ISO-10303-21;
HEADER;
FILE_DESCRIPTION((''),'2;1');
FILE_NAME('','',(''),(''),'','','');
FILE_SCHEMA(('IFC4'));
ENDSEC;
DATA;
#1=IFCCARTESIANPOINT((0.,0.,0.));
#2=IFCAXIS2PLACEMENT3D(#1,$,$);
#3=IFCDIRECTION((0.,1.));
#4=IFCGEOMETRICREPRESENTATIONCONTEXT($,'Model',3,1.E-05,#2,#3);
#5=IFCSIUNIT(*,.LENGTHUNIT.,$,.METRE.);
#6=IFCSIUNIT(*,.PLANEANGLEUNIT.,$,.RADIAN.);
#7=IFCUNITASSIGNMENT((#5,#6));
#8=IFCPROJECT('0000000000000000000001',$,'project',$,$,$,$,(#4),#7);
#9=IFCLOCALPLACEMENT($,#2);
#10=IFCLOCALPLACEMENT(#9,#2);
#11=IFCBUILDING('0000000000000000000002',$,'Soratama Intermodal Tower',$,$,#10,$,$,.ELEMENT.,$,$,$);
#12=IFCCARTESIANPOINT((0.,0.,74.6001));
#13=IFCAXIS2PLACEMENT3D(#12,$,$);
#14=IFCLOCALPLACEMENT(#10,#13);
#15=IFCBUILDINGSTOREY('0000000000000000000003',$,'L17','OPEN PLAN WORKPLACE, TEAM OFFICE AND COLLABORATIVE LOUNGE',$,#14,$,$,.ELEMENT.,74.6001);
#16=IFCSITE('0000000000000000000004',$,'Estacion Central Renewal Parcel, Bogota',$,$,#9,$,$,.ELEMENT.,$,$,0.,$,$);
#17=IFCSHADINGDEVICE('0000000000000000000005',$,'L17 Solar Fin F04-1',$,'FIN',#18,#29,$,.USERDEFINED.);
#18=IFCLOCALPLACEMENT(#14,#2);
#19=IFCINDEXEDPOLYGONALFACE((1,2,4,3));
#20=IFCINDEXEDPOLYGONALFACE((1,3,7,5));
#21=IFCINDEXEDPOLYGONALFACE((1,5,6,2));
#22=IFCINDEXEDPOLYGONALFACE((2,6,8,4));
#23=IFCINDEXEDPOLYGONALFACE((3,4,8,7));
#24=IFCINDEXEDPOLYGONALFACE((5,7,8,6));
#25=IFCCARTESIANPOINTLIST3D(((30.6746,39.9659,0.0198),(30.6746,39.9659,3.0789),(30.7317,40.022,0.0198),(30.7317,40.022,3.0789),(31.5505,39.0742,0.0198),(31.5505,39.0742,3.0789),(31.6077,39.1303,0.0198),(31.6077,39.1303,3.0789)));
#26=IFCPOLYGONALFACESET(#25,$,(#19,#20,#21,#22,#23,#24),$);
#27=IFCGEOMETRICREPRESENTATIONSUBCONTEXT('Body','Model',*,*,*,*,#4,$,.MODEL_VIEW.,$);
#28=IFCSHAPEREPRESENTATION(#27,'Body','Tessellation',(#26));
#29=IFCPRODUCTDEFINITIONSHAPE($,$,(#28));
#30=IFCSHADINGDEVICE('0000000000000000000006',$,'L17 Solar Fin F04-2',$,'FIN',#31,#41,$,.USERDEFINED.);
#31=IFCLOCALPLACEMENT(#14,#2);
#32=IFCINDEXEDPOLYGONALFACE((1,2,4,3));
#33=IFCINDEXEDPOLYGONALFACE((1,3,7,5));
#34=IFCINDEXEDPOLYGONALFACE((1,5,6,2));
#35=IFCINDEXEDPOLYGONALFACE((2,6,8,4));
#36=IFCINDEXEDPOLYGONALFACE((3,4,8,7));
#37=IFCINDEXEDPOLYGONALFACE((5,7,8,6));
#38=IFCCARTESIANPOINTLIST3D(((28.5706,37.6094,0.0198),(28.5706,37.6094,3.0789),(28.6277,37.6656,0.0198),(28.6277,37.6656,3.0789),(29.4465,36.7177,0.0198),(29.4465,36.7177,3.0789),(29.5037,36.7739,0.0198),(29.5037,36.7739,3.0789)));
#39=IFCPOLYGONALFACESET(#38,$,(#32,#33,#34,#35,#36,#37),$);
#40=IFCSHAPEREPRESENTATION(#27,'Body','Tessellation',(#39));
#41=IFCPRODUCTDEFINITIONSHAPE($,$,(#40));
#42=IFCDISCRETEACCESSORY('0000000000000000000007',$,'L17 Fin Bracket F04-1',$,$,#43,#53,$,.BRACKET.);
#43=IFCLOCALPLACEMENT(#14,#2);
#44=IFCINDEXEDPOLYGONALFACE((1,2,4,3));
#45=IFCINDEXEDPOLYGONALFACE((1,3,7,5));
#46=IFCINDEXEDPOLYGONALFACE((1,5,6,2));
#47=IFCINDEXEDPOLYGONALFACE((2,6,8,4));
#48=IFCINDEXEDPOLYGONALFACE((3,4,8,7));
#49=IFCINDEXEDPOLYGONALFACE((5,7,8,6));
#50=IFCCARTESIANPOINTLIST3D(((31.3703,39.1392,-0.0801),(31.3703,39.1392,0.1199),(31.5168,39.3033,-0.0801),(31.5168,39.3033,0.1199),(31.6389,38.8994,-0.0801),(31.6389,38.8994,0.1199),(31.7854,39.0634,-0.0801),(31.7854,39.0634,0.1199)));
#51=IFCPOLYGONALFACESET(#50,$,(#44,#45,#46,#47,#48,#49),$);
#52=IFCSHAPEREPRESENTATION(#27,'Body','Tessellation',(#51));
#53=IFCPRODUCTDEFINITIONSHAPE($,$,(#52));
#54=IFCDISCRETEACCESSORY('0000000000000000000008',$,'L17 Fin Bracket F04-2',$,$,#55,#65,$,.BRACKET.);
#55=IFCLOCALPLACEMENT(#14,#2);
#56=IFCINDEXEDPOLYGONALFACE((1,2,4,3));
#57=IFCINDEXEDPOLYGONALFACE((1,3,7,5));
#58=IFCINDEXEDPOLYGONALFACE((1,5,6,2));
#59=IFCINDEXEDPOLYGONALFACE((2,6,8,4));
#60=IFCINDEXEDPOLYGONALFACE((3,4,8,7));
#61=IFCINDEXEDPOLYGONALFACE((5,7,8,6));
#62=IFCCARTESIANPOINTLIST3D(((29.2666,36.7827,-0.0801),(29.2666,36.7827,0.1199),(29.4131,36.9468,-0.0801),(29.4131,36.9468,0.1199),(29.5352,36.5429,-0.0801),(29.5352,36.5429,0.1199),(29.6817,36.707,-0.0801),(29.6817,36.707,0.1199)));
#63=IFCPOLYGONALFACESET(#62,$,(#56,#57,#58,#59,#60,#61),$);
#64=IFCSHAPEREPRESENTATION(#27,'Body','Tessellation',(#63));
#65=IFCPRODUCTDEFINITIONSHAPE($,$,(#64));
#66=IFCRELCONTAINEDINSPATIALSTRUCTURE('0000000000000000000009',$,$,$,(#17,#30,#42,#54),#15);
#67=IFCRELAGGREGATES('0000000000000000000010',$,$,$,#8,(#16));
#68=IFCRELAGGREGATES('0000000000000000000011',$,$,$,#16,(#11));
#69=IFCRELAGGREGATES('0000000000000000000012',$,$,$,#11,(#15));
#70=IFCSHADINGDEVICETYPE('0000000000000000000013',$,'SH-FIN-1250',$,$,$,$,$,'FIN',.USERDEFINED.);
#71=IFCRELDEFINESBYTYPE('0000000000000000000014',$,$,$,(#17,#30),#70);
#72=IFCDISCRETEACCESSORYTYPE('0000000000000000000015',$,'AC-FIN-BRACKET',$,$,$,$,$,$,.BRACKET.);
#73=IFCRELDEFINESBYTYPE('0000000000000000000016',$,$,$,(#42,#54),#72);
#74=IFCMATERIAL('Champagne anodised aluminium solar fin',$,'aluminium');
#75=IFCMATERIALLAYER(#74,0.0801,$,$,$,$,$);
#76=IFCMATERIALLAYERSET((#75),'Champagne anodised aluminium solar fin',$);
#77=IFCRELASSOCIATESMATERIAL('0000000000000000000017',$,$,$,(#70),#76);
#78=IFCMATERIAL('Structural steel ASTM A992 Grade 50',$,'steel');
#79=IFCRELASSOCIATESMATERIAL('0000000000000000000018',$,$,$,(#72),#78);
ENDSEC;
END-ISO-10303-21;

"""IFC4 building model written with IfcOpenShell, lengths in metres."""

from ifc_helpers import new_model, si_unit, direction, frame, origin, origin_2d, place, context, subcontext, project, spatial, rectangle, extrude, material, layer, layer_set, type_object, element, save


model = new_model("IFC4")

# Units and contexts
model_context = context("Model", 3, precision=1e-05, world=origin(), true_north=direction((0.0, 1.0)))
body_context = subcontext(model_context, "Body", "Model", "MODEL_VIEW")
ifc_project = project(units=[si_unit("LENGTHUNIT", "METRE"), si_unit("PLANEANGLEUNIT", "RADIAN")], contexts=[model_context])

# Site, building, storey
site_placement = place(None, origin())
site = spatial("IfcSite", under=ifc_project, at=site_placement, Name="Estacion Central Renewal Parcel, Bogota", CompositionType="ELEMENT", RefElevation=0.0)
building_placement = place(site_placement, origin())
building = spatial("IfcBuilding", under=site, at=building_placement, Name="Soratama Intermodal Tower", CompositionType="ELEMENT")
storey_placement = place(building_placement, frame((0.0, 0.0, 74.6001)))
storey = spatial("IfcBuildingStorey", under=building, at=storey_placement, Name="L17", Description="OPEN PLAN WORKPLACE, TEAM OFFICE AND COLLABORATIVE LOUNGE", CompositionType="ELEMENT", Elevation=74.6001)

# Shading devices
ifc_material_1 = material(Name="Champagne anodised aluminium solar fin", Category="aluminium")
ifc_layer_1 = layer(ifc_material_1, 0.0801)
ifc_layer_set_1 = layer_set([ifc_layer_1], Name="Champagne anodised aluminium solar fin")
shading_device_type = type_object("IfcShadingDeviceType", Name="SH-FIN-1250", ElementType="FIN", PredefinedType="USERDEFINED", material=ifc_layer_set_1)
for number, where, z_axis, x_axis, name in (
    (1, (31.1411, 39.5481, 0.0198), (0.0, 0.0, 1.0), (-0.700785, 0.713373, 0.0), "L17 Solar Fin F04-1"),
    (2, (29.0371, 37.1917, 0.0198), (0.0, 0.0, 1.0), (-0.700785, 0.713373, 0.0), "L17 Solar Fin F04-2"),
):
    element("IfcShadingDevice", number, at=place(storey_placement, frame(where, z_axis=z_axis, x_axis=x_axis)), inside=storey, type_object=shading_device_type, Name=name, ObjectType="FIN", PredefinedType="USERDEFINED", context=body_context, shape_type="SweptSolid", body=[
        extrude(rectangle(XDim=1.25, YDim=0.0801, at=origin_2d()), origin(), (0.0, 0.0, 1.0), 3.0591),
    ])

# Discrete accessories
ifc_material_2 = material(Name="Structural steel ASTM A992 Grade 50", Category="steel")
discrete_accessory_type = type_object("IfcDiscreteAccessoryType", Name="AC-FIN-BRACKET", PredefinedType="BRACKET", material=ifc_material_2)
for number, where, z_axis, x_axis, name in (
    (3, (31.5779, 39.1013, -0.0801), (0.0, 0.0, 1.0), (-0.745941, 0.666012, 0.0), "L17 Fin Bracket F04-1"),
    (4, (29.4741, 36.7449, -0.0801), (0.0, 0.0, 1.0), (-0.745941, 0.666012, 0.0), "L17 Fin Bracket F04-2"),
):
    element("IfcDiscreteAccessory", number, at=place(storey_placement, frame(where, z_axis=z_axis, x_axis=x_axis)), inside=storey, type_object=discrete_accessory_type, Name=name, PredefinedType="BRACKET", context=body_context, shape_type="SweptSolid", body=[
        extrude(rectangle(XDim=0.3601, YDim=0.22, at=origin_2d()), origin(), (0.0, 0.0, 1.0), 0.2),
    ])

save(model, "model.ifc")
